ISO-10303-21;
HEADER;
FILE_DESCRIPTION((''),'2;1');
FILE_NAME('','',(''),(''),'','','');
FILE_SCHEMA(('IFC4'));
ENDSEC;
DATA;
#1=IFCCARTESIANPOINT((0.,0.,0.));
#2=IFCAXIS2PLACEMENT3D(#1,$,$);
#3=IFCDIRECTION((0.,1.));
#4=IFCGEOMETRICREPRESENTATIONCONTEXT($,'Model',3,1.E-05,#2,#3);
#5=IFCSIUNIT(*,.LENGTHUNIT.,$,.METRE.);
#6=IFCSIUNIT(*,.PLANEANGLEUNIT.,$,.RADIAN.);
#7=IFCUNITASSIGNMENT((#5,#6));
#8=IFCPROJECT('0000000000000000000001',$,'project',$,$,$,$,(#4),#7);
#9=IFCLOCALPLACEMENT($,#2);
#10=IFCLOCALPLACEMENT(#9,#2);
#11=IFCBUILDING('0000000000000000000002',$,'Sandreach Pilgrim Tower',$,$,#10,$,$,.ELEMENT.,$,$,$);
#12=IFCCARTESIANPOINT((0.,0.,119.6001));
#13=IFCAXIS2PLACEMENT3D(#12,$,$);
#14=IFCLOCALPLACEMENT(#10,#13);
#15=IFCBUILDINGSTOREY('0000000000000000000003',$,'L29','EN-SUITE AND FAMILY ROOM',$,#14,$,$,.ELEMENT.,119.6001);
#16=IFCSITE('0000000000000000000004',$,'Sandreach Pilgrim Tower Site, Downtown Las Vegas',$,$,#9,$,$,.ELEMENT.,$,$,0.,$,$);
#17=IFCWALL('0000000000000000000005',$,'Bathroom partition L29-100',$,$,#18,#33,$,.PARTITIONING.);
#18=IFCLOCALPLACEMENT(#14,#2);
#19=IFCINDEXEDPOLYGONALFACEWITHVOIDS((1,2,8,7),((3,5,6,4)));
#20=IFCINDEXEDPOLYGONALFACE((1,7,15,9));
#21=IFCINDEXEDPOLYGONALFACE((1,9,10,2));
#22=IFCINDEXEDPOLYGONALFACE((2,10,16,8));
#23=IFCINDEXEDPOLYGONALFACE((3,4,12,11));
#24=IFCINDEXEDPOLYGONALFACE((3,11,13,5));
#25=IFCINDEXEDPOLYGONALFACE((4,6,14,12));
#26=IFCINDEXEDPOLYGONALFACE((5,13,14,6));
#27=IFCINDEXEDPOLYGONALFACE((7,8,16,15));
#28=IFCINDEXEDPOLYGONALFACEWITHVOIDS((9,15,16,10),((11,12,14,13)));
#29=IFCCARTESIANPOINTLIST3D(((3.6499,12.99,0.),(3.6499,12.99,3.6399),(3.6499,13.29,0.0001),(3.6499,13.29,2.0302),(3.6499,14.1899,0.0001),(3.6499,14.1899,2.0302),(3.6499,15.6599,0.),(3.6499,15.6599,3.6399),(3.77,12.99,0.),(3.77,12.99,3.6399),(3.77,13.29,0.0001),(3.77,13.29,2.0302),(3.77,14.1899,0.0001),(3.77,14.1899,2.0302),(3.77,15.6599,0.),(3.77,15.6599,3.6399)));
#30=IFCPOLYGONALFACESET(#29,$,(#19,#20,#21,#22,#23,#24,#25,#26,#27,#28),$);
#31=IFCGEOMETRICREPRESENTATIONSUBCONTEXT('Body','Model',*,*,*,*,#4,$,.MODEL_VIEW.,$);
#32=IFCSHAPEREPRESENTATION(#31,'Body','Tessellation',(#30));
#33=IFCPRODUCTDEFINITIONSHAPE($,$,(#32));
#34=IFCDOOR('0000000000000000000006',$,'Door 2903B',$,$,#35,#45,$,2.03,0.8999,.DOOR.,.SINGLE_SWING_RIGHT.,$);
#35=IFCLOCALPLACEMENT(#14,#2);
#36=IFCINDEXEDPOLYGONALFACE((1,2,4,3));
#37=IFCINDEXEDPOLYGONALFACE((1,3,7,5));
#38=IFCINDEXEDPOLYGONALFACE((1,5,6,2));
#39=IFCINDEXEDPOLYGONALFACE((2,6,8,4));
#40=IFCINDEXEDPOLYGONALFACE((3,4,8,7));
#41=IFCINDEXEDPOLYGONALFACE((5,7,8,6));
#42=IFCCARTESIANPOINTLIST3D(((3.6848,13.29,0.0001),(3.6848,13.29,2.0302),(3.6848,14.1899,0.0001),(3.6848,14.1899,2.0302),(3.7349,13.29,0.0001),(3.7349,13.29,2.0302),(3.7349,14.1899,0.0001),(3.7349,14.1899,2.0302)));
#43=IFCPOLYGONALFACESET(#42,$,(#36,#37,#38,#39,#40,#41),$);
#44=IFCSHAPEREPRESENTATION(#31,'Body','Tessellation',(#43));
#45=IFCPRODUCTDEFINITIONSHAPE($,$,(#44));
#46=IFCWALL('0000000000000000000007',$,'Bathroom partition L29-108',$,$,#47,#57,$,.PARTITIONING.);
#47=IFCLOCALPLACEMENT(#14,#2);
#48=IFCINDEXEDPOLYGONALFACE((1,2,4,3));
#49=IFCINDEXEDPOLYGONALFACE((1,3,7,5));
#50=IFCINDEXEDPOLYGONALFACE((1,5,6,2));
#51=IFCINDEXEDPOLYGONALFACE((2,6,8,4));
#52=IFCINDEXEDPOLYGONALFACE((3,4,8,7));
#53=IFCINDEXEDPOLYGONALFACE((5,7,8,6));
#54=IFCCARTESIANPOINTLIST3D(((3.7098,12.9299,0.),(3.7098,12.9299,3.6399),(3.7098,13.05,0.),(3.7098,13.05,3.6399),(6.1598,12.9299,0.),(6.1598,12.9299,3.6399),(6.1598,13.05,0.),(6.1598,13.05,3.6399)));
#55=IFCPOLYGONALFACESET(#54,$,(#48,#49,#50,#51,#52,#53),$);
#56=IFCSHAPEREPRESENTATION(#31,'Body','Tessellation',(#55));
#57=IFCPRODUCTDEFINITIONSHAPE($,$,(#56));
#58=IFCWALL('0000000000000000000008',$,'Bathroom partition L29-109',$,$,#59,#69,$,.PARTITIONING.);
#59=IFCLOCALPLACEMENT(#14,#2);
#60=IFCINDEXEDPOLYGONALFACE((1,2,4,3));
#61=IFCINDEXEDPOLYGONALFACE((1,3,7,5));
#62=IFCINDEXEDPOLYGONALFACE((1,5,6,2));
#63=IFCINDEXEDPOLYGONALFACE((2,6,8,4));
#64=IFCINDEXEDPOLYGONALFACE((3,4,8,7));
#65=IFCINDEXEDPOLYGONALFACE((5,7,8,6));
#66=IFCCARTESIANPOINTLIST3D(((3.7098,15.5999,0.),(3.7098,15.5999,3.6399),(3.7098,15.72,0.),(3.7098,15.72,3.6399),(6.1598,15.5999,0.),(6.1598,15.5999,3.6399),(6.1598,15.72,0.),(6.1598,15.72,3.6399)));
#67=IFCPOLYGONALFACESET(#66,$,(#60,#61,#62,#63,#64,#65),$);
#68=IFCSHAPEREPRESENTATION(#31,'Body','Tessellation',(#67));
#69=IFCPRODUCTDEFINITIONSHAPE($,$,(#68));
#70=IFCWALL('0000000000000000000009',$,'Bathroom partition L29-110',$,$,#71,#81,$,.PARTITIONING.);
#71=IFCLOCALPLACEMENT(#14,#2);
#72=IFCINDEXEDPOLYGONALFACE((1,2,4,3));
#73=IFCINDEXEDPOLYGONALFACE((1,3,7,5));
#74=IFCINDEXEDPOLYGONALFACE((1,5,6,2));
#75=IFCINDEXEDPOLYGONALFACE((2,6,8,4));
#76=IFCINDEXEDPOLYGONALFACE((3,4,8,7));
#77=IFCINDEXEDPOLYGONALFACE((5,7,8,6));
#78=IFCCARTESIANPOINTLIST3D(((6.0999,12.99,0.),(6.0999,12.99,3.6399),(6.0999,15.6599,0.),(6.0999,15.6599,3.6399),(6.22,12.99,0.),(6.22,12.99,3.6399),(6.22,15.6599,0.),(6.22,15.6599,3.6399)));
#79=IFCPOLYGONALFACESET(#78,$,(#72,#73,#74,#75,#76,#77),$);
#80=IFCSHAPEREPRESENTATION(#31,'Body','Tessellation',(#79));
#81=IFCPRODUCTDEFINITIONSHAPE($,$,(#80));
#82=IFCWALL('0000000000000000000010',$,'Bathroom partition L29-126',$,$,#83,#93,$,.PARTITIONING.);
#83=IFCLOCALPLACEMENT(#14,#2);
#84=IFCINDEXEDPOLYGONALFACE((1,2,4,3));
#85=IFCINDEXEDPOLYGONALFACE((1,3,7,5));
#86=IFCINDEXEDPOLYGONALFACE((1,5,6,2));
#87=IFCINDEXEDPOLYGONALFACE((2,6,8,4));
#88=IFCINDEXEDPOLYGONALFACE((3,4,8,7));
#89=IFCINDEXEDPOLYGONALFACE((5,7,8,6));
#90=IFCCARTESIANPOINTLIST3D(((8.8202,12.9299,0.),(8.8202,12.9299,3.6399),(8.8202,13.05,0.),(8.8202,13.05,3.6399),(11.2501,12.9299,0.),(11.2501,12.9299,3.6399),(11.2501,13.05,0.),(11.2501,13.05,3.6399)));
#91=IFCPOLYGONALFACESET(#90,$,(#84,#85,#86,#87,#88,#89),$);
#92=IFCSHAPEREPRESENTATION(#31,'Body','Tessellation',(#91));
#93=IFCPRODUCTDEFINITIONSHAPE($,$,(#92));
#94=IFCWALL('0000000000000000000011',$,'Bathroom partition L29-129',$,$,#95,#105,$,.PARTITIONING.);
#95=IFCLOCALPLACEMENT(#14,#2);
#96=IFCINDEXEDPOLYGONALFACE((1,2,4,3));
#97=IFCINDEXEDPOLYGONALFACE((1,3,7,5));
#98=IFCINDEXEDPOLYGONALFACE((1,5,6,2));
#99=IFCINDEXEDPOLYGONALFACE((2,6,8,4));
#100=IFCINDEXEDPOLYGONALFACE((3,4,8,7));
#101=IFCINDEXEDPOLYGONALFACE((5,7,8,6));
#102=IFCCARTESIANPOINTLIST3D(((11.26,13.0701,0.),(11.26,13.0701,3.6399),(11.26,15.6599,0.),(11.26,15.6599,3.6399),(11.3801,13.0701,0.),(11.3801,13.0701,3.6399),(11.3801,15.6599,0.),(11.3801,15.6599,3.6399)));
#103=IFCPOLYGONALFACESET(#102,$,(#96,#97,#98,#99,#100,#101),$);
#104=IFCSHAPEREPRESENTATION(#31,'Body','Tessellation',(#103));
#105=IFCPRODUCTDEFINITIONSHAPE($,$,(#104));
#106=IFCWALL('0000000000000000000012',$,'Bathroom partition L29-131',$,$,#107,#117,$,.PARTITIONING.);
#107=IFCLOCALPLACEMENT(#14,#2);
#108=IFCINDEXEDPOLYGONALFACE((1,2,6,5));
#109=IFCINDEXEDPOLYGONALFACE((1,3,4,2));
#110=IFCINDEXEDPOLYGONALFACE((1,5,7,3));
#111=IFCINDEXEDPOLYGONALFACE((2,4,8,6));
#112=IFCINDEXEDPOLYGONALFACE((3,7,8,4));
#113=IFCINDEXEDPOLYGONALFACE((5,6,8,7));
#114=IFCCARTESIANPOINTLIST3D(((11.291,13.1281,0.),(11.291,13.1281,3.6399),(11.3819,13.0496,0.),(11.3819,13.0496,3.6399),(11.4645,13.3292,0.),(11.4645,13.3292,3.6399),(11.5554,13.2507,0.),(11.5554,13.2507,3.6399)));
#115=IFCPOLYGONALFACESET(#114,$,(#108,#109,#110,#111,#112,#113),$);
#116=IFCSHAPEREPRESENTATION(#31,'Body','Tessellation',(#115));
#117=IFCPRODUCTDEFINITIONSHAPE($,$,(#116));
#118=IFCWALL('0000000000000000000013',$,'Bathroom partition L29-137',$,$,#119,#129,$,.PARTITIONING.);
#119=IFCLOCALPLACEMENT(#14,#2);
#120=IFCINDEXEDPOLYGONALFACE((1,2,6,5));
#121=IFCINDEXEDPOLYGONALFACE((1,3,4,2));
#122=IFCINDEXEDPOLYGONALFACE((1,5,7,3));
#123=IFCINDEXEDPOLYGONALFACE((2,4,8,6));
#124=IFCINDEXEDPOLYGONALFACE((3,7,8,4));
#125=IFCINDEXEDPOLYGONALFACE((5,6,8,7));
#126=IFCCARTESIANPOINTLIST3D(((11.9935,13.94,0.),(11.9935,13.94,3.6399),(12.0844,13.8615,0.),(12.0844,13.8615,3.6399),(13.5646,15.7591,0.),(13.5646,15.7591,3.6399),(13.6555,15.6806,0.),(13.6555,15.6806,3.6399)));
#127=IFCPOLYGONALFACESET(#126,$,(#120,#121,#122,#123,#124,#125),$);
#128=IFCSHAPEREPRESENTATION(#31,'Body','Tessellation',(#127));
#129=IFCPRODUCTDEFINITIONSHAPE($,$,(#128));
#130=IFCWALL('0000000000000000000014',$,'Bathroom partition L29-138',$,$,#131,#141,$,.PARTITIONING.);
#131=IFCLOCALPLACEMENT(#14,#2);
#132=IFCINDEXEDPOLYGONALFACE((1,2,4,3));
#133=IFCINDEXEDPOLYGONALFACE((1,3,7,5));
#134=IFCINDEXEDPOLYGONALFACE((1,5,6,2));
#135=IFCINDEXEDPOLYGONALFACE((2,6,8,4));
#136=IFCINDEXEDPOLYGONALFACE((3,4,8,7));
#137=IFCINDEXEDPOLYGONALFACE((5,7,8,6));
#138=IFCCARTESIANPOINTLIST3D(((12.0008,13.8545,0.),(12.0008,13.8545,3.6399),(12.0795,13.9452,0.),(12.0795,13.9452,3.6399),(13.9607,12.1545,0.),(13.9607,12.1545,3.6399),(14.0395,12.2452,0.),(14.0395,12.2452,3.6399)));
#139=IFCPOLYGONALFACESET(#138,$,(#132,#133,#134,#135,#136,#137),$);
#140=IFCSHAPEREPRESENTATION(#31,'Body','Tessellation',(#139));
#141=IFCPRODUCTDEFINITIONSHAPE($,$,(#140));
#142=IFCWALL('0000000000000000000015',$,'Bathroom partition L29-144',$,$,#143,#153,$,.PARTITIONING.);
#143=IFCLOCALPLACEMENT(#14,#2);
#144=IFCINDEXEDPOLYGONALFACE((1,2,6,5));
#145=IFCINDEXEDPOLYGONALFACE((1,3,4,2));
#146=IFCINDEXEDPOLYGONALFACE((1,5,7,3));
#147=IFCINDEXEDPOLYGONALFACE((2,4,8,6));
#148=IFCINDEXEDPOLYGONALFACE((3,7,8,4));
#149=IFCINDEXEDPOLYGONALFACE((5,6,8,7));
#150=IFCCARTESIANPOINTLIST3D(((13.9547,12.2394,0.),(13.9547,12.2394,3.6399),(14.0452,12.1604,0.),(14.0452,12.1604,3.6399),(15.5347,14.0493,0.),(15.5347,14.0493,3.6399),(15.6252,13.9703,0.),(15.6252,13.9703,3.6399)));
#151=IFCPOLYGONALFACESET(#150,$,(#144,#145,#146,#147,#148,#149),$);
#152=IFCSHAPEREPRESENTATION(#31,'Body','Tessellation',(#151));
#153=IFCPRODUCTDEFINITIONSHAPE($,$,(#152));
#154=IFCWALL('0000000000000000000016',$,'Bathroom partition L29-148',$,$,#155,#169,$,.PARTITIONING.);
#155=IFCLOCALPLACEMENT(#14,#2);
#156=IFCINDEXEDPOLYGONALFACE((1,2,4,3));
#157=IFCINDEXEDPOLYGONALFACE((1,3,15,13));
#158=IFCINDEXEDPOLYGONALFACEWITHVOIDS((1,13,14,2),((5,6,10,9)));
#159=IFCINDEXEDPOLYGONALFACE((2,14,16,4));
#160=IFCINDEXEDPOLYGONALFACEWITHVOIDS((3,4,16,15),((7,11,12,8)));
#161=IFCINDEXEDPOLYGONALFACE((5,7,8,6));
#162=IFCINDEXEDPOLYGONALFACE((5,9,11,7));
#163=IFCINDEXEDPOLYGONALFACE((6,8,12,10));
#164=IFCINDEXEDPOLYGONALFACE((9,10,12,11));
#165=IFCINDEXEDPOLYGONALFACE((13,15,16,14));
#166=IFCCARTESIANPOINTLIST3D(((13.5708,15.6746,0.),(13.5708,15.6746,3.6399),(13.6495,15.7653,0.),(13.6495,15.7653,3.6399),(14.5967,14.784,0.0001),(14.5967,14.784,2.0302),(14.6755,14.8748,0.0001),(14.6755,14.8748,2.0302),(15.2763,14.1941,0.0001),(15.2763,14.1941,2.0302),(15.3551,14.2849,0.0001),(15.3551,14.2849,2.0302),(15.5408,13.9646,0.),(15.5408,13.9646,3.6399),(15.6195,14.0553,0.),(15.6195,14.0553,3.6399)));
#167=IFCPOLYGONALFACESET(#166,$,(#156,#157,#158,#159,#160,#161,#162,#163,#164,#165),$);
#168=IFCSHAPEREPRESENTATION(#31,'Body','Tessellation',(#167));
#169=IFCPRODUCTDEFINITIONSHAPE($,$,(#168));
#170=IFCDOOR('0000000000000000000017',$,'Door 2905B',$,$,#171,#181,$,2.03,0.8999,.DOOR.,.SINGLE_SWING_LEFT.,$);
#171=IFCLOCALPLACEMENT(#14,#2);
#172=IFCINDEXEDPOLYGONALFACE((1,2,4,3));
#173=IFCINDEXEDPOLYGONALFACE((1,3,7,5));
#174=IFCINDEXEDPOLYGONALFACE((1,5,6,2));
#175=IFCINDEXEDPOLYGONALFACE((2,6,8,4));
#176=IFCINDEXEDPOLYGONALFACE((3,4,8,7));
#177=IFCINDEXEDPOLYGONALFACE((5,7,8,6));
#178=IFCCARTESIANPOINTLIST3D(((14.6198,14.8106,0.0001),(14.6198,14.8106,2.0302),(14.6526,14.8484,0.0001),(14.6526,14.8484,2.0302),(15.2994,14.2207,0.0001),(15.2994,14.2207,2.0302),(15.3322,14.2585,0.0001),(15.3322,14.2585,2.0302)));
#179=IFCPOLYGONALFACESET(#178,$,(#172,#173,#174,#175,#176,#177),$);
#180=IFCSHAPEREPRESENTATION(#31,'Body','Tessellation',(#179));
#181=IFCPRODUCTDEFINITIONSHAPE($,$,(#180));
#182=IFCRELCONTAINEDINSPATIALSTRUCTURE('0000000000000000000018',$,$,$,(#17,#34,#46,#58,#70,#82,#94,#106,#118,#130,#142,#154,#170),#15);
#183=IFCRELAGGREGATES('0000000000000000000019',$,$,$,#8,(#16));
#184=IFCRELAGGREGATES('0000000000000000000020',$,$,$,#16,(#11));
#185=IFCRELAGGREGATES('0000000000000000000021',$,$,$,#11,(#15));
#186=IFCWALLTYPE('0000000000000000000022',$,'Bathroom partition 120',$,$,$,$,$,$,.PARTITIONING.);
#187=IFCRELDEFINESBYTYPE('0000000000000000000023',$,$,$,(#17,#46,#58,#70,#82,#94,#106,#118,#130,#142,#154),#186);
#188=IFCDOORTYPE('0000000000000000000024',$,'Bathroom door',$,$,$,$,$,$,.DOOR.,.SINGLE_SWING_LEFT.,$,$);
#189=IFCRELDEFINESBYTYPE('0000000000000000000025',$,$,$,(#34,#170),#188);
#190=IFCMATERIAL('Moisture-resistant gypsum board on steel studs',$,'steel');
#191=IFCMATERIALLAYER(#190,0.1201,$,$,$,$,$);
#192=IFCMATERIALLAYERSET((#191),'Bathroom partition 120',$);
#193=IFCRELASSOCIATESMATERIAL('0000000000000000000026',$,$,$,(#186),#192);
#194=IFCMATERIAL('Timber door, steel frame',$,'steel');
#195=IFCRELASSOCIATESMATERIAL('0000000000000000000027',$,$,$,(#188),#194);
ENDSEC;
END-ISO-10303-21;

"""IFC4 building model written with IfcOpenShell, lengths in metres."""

from ifc_helpers import new_model, si_unit, direction, frame, frame_2d, origin, place, context, subcontext, project, spatial, rectangle, extrude, material, layer, layer_set, type_object, element, fill, save


model = new_model("IFC4")

# Units and contexts
model_context = context("Model", 3, precision=1e-05, world=origin(), true_north=direction((0.0, 1.0)))
body_context = subcontext(model_context, "Body", "Model", "MODEL_VIEW")
ifc_project = project(units=[si_unit("LENGTHUNIT", "METRE"), si_unit("PLANEANGLEUNIT", "RADIAN")], contexts=[model_context])

# Site, building, storey
site_placement = place(None, origin())
site = spatial("IfcSite", under=ifc_project, at=site_placement, Name="Sandreach Pilgrim Tower Site, Downtown Las Vegas", CompositionType="ELEMENT", RefElevation=0.0)
building_placement = place(site_placement, origin())
building = spatial("IfcBuilding", under=site, at=building_placement, Name="Sandreach Pilgrim Tower", CompositionType="ELEMENT")
storey_placement = place(building_placement, frame((0.0, 0.0, 119.6001)))
storey = spatial("IfcBuildingStorey", under=building, at=storey_placement, Name="L29", Description="EN-SUITE AND FAMILY ROOM", CompositionType="ELEMENT", Elevation=119.6001)

# Wall, opening, door
ifc_material_1 = material(Name="Moisture-resistant gypsum board on steel studs", Category="steel")
ifc_layer_1 = layer(ifc_material_1, 0.1201)
ifc_layer_set_1 = layer_set([ifc_layer_1], Name="Bathroom partition 120")
wall_type_1 = type_object("IfcWallType", Name="Bathroom partition 120", PredefinedType="PARTITIONING", material=ifc_layer_set_1)
wall_1_placement = place(storey_placement, frame((3.71, 15.6599, 0.0), z_axis=(0.0, 0.0, 1.0), x_axis=(0.0, -1.0, 0.0)))
wall_1 = element("IfcWall", 1, at=wall_1_placement, inside=storey, type_object=wall_type_1, Name="Bathroom partition L29-100", PredefinedType="PARTITIONING", context=body_context, shape_type="SweptSolid", body=[
    extrude(rectangle(XDim=2.6699, YDim=0.1201, at=frame_2d((1.335, 0.0))), origin(), (0.0, 0.0, 1.0), 3.6399),
])
opening_1_placement = place(wall_1_placement, frame((1.47, 0.0, 0.0)))
opening_1 = element("IfcOpeningElement", 2, at=opening_1_placement, cuts=wall_1, PredefinedType="OPENING", context=body_context, shape_type="SweptSolid", body=[
    extrude(rectangle(XDim=0.8999, YDim=2.03, at=frame_2d((0.45, 1.0151))), frame((0.0, 0.0601, 0.0), z_axis=(0.0, -1.0, 0.0), x_axis=(1.0, 0.0, 0.0)), (0.0, 0.0, 1.0), 0.1201),
])
ifc_material_2 = material(Name="Timber door, steel frame", Category="steel")
door_type_1 = type_object("IfcDoorType", Name="Bathroom door", OperationType="SINGLE_SWING_LEFT", PredefinedType="DOOR", material=ifc_material_2)
door_1_placement = place(opening_1_placement, origin())
door_1 = element("IfcDoor", 3, at=door_1_placement, inside=storey, type_object=door_type_1, Name="Door 2903B", OperationType="SINGLE_SWING_RIGHT", OverallHeight=2.03, OverallWidth=0.8999, PredefinedType="DOOR", context=body_context, shape_type="SweptSolid", body=[
    extrude(rectangle(XDim=0.8999, YDim=2.03, at=frame_2d((0.45, 1.0151))), frame((0.0, 0.0249, 0.0), z_axis=(0.0, -1.0, 0.0), x_axis=(1.0, 0.0, 0.0)), (0.0, 0.0, 1.0), 0.05),
])
fill(opening_1, door_1)

# Walls
for number, where, z_axis, x_axis, name in (
    (4, (6.1599, 12.99, 0.0), (0.0, 0.0, 1.0), (-1.0, 0.0, 0.0), "Bathroom partition L29-108"),
    (5, (6.1599, 15.6599, 0.0), (0.0, 0.0, 1.0), (-1.0, 0.0, 0.0), "Bathroom partition L29-109"),
):
    element("IfcWall", number, at=place(storey_placement, frame(where, z_axis=z_axis, x_axis=x_axis)), inside=storey, type_object=wall_type_1, Name=name, PredefinedType="PARTITIONING", context=body_context, shape_type="SweptSolid", body=[
        extrude(rectangle(XDim=2.45, YDim=0.1201, at=frame_2d((1.2251, 0.0))), origin(), (0.0, 0.0, 1.0), 3.6399),
    ])
wall_2_placement = place(storey_placement, frame((6.1599, 15.6599, 0.0), z_axis=(0.0, 0.0, 1.0), x_axis=(0.0, -1.0, 0.0)))
element("IfcWall", 6, at=wall_2_placement, inside=storey, type_object=wall_type_1, Name="Bathroom partition L29-110", PredefinedType="PARTITIONING", context=body_context, shape_type="SweptSolid", body=[
    extrude(rectangle(XDim=2.6699, YDim=0.1201, at=frame_2d((1.335, 0.0))), origin(), (0.0, 0.0, 1.0), 3.6399),
])
wall_3_placement = place(storey_placement, frame((11.25, 12.99, 0.0), z_axis=(0.0, 0.0, 1.0), x_axis=(-1.0, 0.0, 0.0)))
element("IfcWall", 7, at=wall_3_placement, inside=storey, type_object=wall_type_1, Name="Bathroom partition L29-126", PredefinedType="PARTITIONING", context=body_context, shape_type="SweptSolid", body=[
    extrude(rectangle(XDim=2.4299, YDim=0.1201, at=frame_2d((1.2148, 0.0))), origin(), (0.0, 0.0, 1.0), 3.6399),
])
wall_4_placement = place(storey_placement, frame((11.3201, 13.0701, 0.0), z_axis=(0.0, 0.0, 1.0), x_axis=(0.0, 1.0, 0.0)))
element("IfcWall", 8, at=wall_4_placement, inside=storey, type_object=wall_type_1, Name="Bathroom partition L29-129", PredefinedType="PARTITIONING", context=body_context, shape_type="SweptSolid", body=[
    extrude(rectangle(XDim=2.5898, YDim=0.1201, at=frame_2d((1.2949, 0.0))), origin(), (0.0, 0.0, 1.0), 3.6399),
])
wall_5_placement = place(storey_placement, frame((11.3364, 13.0889, 0.0), z_axis=(0.0, 0.0, 1.0), x_axis=(0.653285, 0.757112, 0.0)))
element("IfcWall", 9, at=wall_5_placement, inside=storey, type_object=wall_type_1, Name="Bathroom partition L29-131", PredefinedType="PARTITIONING", context=body_context, shape_type="SweptSolid", body=[
    extrude(rectangle(XDim=0.2656, YDim=0.1201, at=frame_2d((0.1328, 0.0))), origin(), (0.0, 0.0, 1.0), 3.6399),
])
wall_6_placement = place(storey_placement, frame((12.0391, 13.9009, 0.0), z_axis=(0.0, 0.0, 1.0), x_axis=(0.653623, 0.756821, 0.0)))
element("IfcWall", 10, at=wall_6_placement, inside=storey, type_object=wall_type_1, Name="Bathroom partition L29-137", PredefinedType="PARTITIONING", context=body_context, shape_type="SweptSolid", body=[
    extrude(rectangle(XDim=2.4036, YDim=0.1201, at=frame_2d((1.2017, 0.0))), origin(), (0.0, 0.0, 1.0), 3.6399),
])
wall_7_placement = place(storey_placement, frame((12.04, 13.8999, 0.0), z_axis=(0.0, 0.0, 1.0), x_axis=(0.755438, -0.655221, 0.0)))
element("IfcWall", 11, at=wall_7_placement, inside=storey, type_object=wall_type_1, Name="Bathroom partition L29-138", PredefinedType="PARTITIONING", context=body_context, shape_type="SweptSolid", body=[
    extrude(rectangle(XDim=2.5945, YDim=0.1201, at=frame_2d((1.2974, 0.0))), origin(), (0.0, 0.0, 1.0), 3.6399),
])
wall_8_placement = place(storey_placement, frame((14.0, 12.2, 0.0), z_axis=(0.0, 0.0, 1.0), x_axis=(0.657627, 0.753344, 0.0)))
element("IfcWall", 12, at=wall_8_placement, inside=storey, type_object=wall_type_1, Name="Bathroom partition L29-144", PredefinedType="PARTITIONING", context=body_context, shape_type="SweptSolid", body=[
    extrude(rectangle(XDim=2.4026, YDim=0.1201, at=frame_2d((1.2012, 0.0))), origin(), (0.0, 0.0, 1.0), 3.6399),
])

# Wall, opening, door
wall_9_placement = place(storey_placement, frame((15.5801, 14.01, 0.0), z_axis=(0.0, 0.0, 1.0), x_axis=(-0.755186, 0.655511, 0.0)))
wall_9 = element("IfcWall", 13, at=wall_9_placement, inside=storey, type_object=wall_type_1, Name="Bathroom partition L29-148", PredefinedType="PARTITIONING", context=body_context, shape_type="SweptSolid", body=[
    extrude(rectangle(XDim=2.6086, YDim=0.1201, at=frame_2d((1.3042, 0.0))), origin(), (0.0, 0.0, 1.0), 3.6399),
])
opening_2_placement = place(wall_9_placement, frame((0.3501, 0.0, 0.0)))
opening_2 = element("IfcOpeningElement", 14, at=opening_2_placement, cuts=wall_9, PredefinedType="OPENING", context=body_context, shape_type="SweptSolid", body=[
    extrude(rectangle(XDim=0.8999, YDim=2.03, at=frame_2d((0.45, 1.0151))), frame((0.0, 0.0601, 0.0), z_axis=(0.0, -1.0, 0.0), x_axis=(1.0, 0.0, 0.0)), (0.0, 0.0, 1.0), 0.1201),
])
door_2_placement = place(opening_2_placement, origin())
door_2 = element("IfcDoor", 15, at=door_2_placement, inside=storey, type_object=door_type_1, Name="Door 2905B", OperationType="SINGLE_SWING_LEFT", OverallHeight=2.03, OverallWidth=0.8999, PredefinedType="DOOR", context=body_context, shape_type="SweptSolid", body=[
    extrude(rectangle(XDim=0.8999, YDim=2.03, at=frame_2d((0.45, 1.0151))), frame((0.0, 0.0249, 0.0), z_axis=(0.0, -1.0, 0.0), x_axis=(1.0, 0.0, 0.0)), (0.0, 0.0, 1.0), 0.05),
])
fill(opening_2, door_2)

save(model, "model.ifc")
